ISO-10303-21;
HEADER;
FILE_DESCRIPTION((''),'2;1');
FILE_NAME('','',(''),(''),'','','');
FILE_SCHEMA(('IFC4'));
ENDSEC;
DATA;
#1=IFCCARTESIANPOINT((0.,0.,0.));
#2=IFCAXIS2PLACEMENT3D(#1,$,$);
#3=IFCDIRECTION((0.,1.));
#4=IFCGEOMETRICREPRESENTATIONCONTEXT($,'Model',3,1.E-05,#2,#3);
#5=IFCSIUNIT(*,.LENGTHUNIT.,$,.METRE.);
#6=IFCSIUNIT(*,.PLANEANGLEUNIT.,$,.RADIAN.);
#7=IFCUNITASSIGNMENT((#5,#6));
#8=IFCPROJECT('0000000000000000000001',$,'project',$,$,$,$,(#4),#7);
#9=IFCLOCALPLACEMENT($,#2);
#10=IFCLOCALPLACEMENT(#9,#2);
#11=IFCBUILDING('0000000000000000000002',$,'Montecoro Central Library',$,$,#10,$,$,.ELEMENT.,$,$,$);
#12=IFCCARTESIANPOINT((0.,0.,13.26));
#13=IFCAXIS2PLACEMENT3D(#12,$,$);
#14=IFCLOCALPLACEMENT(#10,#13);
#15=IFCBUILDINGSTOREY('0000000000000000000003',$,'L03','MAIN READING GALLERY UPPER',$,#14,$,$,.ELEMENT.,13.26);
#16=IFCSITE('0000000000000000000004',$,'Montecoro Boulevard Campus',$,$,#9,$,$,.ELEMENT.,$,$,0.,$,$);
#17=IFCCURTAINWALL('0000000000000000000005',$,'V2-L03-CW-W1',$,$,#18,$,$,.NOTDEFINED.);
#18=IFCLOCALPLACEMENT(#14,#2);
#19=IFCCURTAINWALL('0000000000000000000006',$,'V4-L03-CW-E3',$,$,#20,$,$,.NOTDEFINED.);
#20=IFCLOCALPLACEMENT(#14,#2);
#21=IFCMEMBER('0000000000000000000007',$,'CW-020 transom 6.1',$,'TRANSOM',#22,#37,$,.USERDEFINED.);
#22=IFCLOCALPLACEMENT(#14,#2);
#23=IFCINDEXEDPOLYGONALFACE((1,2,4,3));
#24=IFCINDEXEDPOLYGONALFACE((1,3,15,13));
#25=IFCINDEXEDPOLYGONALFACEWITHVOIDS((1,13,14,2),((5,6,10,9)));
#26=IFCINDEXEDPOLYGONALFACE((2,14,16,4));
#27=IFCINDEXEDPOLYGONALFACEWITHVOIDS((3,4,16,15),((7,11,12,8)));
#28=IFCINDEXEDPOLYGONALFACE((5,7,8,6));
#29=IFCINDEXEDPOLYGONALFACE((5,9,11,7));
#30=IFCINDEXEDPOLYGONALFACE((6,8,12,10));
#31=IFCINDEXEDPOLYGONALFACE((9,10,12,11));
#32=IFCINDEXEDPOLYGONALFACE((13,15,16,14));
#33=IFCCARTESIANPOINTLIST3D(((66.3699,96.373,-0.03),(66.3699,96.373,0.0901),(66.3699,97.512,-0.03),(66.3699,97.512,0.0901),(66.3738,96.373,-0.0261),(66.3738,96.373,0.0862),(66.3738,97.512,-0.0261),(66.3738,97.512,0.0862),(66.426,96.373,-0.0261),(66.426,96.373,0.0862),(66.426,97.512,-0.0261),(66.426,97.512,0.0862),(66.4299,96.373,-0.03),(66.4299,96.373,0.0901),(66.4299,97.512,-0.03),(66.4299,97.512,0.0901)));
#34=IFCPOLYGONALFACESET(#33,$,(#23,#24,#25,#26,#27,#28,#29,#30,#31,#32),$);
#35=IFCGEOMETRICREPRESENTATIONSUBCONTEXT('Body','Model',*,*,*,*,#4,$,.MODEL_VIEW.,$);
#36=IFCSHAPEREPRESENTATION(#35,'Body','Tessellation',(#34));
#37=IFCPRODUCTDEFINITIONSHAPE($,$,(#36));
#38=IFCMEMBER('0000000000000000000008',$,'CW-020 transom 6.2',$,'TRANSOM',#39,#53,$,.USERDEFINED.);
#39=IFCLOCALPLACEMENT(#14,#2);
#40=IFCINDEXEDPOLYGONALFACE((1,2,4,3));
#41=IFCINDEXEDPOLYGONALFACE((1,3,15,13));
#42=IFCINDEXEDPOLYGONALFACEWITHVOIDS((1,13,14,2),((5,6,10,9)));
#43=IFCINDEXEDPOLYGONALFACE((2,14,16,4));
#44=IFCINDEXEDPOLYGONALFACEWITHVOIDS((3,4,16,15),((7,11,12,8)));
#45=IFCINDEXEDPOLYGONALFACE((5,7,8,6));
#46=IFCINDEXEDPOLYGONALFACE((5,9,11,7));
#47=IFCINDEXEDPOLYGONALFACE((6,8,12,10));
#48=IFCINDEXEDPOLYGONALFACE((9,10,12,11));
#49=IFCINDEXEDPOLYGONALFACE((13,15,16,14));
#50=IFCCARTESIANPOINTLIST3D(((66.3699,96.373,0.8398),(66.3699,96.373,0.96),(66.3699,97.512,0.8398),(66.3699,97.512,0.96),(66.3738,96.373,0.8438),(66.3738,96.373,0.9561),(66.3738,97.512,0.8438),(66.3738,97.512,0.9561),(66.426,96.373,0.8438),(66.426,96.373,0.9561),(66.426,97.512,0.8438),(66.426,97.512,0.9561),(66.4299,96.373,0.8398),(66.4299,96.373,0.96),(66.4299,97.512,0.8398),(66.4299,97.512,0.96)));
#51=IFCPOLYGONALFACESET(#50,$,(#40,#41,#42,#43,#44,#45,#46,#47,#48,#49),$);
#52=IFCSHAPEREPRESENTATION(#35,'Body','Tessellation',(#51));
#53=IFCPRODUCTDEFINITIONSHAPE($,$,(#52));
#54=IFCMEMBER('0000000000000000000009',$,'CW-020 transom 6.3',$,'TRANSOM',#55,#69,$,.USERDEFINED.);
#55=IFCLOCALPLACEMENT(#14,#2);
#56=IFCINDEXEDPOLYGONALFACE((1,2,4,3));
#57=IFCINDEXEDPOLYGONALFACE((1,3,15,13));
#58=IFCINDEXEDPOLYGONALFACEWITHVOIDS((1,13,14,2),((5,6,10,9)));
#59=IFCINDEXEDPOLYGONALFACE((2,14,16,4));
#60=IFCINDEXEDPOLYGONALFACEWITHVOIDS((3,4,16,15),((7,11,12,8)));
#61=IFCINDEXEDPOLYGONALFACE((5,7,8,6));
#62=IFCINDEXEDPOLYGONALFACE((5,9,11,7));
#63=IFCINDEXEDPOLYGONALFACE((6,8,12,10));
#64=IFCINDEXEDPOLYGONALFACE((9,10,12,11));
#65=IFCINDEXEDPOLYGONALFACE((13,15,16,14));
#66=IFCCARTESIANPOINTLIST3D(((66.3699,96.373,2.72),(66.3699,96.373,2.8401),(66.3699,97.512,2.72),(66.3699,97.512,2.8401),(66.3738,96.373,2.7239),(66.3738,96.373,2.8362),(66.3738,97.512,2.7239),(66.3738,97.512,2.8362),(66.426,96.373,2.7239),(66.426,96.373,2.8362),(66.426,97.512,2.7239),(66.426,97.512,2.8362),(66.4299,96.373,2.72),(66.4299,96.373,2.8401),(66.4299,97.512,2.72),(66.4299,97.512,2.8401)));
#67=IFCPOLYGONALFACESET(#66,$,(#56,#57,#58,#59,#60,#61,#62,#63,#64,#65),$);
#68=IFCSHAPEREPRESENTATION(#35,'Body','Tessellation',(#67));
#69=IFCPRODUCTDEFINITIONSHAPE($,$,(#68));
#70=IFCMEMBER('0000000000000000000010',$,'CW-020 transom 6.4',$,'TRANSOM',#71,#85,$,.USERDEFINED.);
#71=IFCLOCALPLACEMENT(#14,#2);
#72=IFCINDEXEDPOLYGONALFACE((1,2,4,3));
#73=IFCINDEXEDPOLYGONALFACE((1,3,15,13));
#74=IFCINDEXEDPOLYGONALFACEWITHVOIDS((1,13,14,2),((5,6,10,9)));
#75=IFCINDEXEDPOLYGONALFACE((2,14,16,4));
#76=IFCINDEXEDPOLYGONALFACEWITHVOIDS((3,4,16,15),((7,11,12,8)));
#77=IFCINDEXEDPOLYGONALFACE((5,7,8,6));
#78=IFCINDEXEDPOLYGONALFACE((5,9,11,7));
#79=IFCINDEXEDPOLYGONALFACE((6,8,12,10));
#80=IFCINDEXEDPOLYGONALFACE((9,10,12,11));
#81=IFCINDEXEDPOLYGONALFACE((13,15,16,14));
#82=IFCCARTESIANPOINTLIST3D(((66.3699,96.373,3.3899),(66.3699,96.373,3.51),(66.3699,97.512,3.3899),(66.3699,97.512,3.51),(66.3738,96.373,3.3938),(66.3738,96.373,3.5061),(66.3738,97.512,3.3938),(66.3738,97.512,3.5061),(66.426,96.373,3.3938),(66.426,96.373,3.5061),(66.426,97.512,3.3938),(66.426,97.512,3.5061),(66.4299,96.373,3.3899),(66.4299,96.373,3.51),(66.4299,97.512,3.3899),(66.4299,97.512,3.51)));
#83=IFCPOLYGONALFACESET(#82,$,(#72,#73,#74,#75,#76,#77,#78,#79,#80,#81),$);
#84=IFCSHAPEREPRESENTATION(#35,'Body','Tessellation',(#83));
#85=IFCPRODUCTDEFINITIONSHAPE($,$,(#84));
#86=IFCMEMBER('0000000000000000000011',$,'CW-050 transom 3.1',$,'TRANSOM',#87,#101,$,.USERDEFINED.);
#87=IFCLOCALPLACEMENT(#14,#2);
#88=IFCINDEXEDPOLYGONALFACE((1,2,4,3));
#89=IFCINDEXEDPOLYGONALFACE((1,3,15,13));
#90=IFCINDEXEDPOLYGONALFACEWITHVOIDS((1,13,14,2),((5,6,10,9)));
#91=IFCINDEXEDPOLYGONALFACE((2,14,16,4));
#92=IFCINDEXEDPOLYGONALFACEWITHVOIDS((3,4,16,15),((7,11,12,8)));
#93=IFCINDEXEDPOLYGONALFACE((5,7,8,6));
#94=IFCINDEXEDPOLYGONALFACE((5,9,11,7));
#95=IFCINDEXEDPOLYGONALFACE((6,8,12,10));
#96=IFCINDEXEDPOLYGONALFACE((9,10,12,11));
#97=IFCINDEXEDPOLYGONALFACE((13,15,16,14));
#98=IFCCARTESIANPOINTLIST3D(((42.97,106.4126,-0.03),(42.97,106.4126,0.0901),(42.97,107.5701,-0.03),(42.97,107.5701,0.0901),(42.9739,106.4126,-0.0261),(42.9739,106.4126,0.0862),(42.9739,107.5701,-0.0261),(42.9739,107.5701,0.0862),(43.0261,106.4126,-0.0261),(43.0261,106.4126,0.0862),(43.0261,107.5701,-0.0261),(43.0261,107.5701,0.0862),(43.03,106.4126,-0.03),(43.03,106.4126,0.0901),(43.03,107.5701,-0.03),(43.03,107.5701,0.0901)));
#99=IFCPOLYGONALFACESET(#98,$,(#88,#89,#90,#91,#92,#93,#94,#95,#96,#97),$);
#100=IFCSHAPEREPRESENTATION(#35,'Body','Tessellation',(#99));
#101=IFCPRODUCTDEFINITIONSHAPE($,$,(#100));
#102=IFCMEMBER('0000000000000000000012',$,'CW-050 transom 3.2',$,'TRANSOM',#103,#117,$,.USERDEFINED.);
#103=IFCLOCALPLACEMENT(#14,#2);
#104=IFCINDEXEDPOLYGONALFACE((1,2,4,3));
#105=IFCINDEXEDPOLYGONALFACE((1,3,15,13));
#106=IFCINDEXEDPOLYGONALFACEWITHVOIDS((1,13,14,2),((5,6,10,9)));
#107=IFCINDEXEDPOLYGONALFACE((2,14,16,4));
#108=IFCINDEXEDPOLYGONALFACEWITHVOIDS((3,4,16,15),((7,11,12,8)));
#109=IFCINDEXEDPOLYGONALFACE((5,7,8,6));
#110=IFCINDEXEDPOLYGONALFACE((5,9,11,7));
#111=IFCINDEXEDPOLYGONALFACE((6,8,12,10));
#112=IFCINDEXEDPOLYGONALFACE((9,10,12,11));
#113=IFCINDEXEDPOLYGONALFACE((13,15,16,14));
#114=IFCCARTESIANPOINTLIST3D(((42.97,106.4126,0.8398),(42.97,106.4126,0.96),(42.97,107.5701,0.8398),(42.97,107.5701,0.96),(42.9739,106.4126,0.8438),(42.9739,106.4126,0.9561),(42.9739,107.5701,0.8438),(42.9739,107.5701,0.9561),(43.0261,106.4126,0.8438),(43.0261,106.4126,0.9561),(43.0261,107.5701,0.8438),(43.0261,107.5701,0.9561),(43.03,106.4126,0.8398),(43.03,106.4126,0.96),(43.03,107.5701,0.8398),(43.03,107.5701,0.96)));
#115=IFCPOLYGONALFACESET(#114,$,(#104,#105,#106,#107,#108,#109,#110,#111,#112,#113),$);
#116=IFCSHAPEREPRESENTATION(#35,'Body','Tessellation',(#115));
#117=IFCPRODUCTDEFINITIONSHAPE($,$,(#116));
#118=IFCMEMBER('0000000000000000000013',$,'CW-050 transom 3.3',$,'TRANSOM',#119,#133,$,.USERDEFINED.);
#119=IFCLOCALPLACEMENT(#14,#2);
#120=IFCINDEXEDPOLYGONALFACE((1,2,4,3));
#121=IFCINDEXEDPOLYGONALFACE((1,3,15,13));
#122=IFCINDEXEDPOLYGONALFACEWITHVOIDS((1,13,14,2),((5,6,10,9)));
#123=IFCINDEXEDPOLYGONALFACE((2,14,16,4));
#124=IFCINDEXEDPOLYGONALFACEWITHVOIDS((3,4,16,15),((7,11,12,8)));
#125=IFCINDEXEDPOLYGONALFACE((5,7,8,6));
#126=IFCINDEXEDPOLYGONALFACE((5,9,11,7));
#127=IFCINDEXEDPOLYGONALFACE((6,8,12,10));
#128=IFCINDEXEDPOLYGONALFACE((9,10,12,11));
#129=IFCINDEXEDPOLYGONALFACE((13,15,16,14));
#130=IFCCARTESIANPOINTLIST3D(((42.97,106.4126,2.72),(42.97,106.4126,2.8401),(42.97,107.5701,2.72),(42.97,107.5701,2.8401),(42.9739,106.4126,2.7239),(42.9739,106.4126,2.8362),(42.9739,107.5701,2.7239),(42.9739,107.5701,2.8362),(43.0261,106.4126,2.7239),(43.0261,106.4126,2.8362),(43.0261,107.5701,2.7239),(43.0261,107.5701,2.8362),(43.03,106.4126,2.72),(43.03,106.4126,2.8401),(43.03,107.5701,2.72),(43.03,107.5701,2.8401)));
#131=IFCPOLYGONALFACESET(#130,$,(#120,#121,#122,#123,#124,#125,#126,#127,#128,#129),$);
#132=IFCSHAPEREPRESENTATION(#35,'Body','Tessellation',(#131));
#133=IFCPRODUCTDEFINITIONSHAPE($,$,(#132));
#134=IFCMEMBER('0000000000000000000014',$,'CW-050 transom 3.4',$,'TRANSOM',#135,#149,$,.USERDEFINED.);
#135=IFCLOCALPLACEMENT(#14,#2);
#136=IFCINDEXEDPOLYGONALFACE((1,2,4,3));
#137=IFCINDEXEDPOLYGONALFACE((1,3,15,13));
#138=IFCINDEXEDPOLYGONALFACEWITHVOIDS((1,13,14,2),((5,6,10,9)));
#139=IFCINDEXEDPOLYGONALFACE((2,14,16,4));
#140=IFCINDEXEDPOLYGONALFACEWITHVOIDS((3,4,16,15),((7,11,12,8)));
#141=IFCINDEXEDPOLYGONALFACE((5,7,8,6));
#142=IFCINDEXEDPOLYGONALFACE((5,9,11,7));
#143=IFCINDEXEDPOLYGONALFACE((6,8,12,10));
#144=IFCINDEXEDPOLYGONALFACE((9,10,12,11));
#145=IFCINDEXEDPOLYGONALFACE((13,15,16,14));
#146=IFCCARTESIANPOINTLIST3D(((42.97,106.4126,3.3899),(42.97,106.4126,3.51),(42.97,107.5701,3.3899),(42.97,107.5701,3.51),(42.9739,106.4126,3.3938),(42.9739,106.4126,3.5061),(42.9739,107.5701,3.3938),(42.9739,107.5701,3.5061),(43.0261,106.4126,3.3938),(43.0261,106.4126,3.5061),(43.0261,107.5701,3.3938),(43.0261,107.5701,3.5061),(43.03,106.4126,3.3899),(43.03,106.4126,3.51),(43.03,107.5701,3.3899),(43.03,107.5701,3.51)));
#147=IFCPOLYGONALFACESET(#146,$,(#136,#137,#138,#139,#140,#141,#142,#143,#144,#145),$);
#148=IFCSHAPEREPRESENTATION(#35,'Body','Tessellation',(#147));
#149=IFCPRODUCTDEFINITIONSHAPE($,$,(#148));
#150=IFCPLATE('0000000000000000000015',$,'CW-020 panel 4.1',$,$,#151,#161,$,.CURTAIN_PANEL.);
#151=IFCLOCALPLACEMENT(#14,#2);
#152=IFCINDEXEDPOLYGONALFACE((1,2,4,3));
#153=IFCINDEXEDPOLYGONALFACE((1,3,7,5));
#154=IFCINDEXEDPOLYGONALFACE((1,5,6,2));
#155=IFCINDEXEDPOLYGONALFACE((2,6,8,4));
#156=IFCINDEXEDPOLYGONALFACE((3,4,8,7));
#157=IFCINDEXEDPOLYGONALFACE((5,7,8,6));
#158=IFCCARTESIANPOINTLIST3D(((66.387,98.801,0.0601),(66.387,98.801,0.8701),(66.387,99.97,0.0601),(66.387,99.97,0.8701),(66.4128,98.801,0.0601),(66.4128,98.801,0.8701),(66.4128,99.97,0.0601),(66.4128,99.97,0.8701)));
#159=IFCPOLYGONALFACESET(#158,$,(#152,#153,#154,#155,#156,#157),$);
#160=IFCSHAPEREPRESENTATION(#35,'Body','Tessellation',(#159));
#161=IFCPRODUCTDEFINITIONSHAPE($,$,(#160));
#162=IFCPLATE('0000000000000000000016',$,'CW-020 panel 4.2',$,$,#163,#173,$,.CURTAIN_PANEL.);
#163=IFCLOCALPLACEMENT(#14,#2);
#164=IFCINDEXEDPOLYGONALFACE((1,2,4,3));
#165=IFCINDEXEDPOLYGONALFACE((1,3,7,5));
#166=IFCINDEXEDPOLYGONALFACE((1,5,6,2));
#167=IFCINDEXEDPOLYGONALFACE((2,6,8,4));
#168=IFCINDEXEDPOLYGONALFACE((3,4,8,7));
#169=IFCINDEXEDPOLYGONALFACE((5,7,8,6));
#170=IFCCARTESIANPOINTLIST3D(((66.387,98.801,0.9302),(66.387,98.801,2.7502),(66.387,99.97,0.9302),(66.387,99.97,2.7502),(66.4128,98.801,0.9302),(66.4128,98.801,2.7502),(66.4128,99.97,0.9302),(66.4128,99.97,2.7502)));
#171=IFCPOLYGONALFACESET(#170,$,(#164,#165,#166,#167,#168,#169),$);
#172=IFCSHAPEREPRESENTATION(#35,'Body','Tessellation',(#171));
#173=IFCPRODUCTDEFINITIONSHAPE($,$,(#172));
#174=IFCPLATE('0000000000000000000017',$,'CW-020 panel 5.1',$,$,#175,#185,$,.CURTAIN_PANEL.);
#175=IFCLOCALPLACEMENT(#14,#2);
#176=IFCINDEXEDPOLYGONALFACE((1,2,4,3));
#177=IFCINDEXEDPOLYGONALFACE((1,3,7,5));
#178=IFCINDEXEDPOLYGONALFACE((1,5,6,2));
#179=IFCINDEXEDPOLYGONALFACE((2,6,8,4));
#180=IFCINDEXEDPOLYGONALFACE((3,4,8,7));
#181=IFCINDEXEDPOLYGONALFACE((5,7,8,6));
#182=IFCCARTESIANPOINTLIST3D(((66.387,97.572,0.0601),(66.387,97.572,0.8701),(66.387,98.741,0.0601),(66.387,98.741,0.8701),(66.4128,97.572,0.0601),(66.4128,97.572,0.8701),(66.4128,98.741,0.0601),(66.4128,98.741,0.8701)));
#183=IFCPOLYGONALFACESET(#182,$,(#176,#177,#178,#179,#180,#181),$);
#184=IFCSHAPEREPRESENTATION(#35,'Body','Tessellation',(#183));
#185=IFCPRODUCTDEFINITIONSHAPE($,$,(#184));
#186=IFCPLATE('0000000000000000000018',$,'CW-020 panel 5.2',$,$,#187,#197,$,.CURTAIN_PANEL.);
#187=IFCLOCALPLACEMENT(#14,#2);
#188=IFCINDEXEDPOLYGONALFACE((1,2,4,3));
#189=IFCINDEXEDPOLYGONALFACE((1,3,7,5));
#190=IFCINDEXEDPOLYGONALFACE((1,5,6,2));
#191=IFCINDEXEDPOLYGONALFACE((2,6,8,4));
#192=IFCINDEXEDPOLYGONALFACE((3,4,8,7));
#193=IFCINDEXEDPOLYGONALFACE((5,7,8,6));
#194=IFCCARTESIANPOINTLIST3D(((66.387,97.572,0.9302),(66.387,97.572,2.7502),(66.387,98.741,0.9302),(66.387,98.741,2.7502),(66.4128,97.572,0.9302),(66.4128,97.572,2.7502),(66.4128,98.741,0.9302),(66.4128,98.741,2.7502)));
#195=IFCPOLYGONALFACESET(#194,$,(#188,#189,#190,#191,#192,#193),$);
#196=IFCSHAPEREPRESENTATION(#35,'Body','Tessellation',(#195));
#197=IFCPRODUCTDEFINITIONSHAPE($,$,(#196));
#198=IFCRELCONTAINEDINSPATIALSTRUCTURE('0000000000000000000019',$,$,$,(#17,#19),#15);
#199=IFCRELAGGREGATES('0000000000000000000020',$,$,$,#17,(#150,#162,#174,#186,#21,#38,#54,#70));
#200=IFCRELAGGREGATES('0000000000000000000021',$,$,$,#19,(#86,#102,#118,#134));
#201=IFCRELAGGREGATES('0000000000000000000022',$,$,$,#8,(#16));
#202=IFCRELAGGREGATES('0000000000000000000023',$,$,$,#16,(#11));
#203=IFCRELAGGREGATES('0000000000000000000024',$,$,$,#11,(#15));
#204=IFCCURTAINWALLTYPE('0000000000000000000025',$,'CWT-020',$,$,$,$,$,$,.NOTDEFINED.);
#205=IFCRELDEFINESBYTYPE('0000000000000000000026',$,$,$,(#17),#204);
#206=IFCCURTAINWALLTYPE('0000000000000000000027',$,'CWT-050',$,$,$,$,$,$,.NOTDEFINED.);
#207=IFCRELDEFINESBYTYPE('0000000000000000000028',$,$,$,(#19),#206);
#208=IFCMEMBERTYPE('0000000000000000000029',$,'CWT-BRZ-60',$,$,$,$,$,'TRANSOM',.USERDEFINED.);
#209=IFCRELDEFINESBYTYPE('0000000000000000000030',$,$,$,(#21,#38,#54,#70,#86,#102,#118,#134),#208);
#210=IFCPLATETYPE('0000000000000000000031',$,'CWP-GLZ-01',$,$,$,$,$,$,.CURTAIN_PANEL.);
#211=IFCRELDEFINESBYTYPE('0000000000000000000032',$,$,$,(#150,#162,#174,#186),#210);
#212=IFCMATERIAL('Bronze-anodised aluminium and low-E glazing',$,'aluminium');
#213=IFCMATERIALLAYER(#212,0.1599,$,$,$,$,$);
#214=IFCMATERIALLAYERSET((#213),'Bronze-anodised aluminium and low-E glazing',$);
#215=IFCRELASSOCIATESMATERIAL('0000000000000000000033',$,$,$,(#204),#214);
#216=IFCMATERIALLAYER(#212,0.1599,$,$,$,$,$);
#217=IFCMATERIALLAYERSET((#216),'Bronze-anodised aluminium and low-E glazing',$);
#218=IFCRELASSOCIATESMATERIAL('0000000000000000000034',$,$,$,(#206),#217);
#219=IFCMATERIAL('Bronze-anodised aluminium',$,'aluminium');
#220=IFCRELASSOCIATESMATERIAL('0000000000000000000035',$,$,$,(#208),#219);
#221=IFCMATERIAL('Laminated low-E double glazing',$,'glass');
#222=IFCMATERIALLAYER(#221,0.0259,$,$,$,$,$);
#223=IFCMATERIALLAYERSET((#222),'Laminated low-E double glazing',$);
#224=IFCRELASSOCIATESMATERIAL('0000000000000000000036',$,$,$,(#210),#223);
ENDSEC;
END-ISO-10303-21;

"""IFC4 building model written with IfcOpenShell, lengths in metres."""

from ifc_helpers import new_model, si_unit, direction, frame, origin, origin_2d, place, context, subcontext, project, spatial, rectangle, hollow_rectangle, extrude, material, layer, layer_set, material_profile, profile_set, type_object, element, aggregate, save


model = new_model("IFC4")

# Units and contexts
model_context = context("Model", 3, precision=1e-05, world=origin(), true_north=direction((0.0, 1.0)))
body_context = subcontext(model_context, "Body", "Model", "MODEL_VIEW")
ifc_project = project(units=[si_unit("LENGTHUNIT", "METRE"), si_unit("PLANEANGLEUNIT", "RADIAN")], contexts=[model_context])

# Site, building, storey
site_placement = place(None, origin())
site = spatial("IfcSite", under=ifc_project, at=site_placement, Name="Montecoro Boulevard Campus", CompositionType="ELEMENT", RefElevation=0.0)
building_placement = place(site_placement, origin())
building = spatial("IfcBuilding", under=site, at=building_placement, Name="Montecoro Central Library", CompositionType="ELEMENT")
storey_placement = place(building_placement, frame((0.0, 0.0, 13.26)))
storey = spatial("IfcBuildingStorey", under=building, at=storey_placement, Name="L03", Description="MAIN READING GALLERY UPPER", CompositionType="ELEMENT", Elevation=13.26)

# Curtain wall
ifc_material_1 = material(Name="Bronze-anodised aluminium and low-E glazing", Category="aluminium")
ifc_layer_1 = layer(ifc_material_1, 0.1599)
ifc_layer_set_1 = layer_set([ifc_layer_1], Name="Bronze-anodised aluminium and low-E glazing")
curtain_wall_type_1 = type_object("IfcCurtainWallType", Name="CWT-020", PredefinedType="NOTDEFINED", material=ifc_layer_set_1)
curtain_wall_1_placement = place(storey_placement, origin())
curtain_wall_1 = element("IfcCurtainWall", 1, at=curtain_wall_1_placement, inside=storey, type_object=curtain_wall_type_1, Name="V2-L03-CW-W1", PredefinedType="NOTDEFINED")
ifc_material_2 = material(Name="Bronze-anodised aluminium", Category="aluminium")

# Curtain wall
ifc_layer_2 = layer(ifc_material_1, 0.1599)
ifc_layer_set_2 = layer_set([ifc_layer_2], Name="Bronze-anodised aluminium and low-E glazing")
curtain_wall_type_2 = type_object("IfcCurtainWallType", Name="CWT-050", PredefinedType="NOTDEFINED", material=ifc_layer_set_2)
curtain_wall_2_placement = place(storey_placement, origin())
curtain_wall_2 = element("IfcCurtainWall", 2, at=curtain_wall_2_placement, inside=storey, type_object=curtain_wall_type_2, Name="V4-L03-CW-E3", PredefinedType="NOTDEFINED")

# Members
ifc_material_profile_1 = material_profile(ifc_material_2, hollow_rectangle(XDim=0.0601, YDim=0.1201, WallThickness=0.0039, at=origin_2d()), Name="CWT 120x60x4.0")
ifc_profile_set_1 = profile_set([ifc_material_profile_1], Name="Bronze-anodised aluminium")
member_type_1 = type_object("IfcMemberType", Name="CWT-BRZ-60", ElementType="TRANSOM", PredefinedType="USERDEFINED", material=ifc_profile_set_1)
member_1_placement = place(storey_placement, frame((66.3999, 97.512, 0.03), z_axis=(0.0, -1.0, 0.0), x_axis=(1.0, 0.0, 0.0)))
member_1 = element("IfcMember", 3, at=member_1_placement, type_object=member_type_1, Name="CW-020 transom 6.1", ObjectType="TRANSOM", PredefinedType="USERDEFINED", context=body_context, shape_type="SweptSolid", body=[
    extrude(hollow_rectangle(XDim=0.0601, YDim=0.1201, WallThickness=0.0039, at=origin_2d()), origin(), (0.0, 0.0, 1.0), 1.1389),
])
member_2_placement = place(storey_placement, frame((66.3999, 97.512, 0.8999), z_axis=(0.0, -1.0, 0.0), x_axis=(1.0, 0.0, 0.0)))
member_2 = element("IfcMember", 4, at=member_2_placement, type_object=member_type_1, Name="CW-020 transom 6.2", ObjectType="TRANSOM", PredefinedType="USERDEFINED", context=body_context, shape_type="SweptSolid", body=[
    extrude(hollow_rectangle(XDim=0.0601, YDim=0.1201, WallThickness=0.0039, at=origin_2d()), origin(), (0.0, 0.0, 1.0), 1.1389),
])
member_3_placement = place(storey_placement, frame((66.3999, 97.512, 2.78), z_axis=(0.0, -1.0, 0.0), x_axis=(1.0, 0.0, 0.0)))
member_3 = element("IfcMember", 5, at=member_3_placement, type_object=member_type_1, Name="CW-020 transom 6.3", ObjectType="TRANSOM", PredefinedType="USERDEFINED", context=body_context, shape_type="SweptSolid", body=[
    extrude(hollow_rectangle(XDim=0.0601, YDim=0.1201, WallThickness=0.0039, at=origin_2d()), origin(), (0.0, 0.0, 1.0), 1.1389),
])
member_4_placement = place(storey_placement, frame((66.3999, 97.512, 3.45), z_axis=(0.0, -1.0, 0.0), x_axis=(1.0, 0.0, 0.0)))
member_4 = element("IfcMember", 6, at=member_4_placement, type_object=member_type_1, Name="CW-020 transom 6.4", ObjectType="TRANSOM", PredefinedType="USERDEFINED", context=body_context, shape_type="SweptSolid", body=[
    extrude(hollow_rectangle(XDim=0.0601, YDim=0.1201, WallThickness=0.0039, at=origin_2d()), origin(), (0.0, 0.0, 1.0), 1.1389),
])
member_5_placement = place(storey_placement, frame((43.0, 106.4126, 0.03), z_axis=(0.0, 1.0, 0.0), x_axis=(-1.0, 0.0, 0.0)))
member_5 = element("IfcMember", 7, at=member_5_placement, type_object=member_type_1, Name="CW-050 transom 3.1", ObjectType="TRANSOM", PredefinedType="USERDEFINED", context=body_context, shape_type="SweptSolid", body=[
    extrude(hollow_rectangle(XDim=0.0601, YDim=0.1201, WallThickness=0.0039, at=origin_2d()), origin(), (0.0, 0.0, 1.0), 1.1575),
])
member_6_placement = place(storey_placement, frame((43.0, 106.4126, 0.8999), z_axis=(0.0, 1.0, 0.0), x_axis=(-1.0, 0.0, 0.0)))
member_6 = element("IfcMember", 8, at=member_6_placement, type_object=member_type_1, Name="CW-050 transom 3.2", ObjectType="TRANSOM", PredefinedType="USERDEFINED", context=body_context, shape_type="SweptSolid", body=[
    extrude(hollow_rectangle(XDim=0.0601, YDim=0.1201, WallThickness=0.0039, at=origin_2d()), origin(), (0.0, 0.0, 1.0), 1.1575),
])
member_7_placement = place(storey_placement, frame((43.0, 106.4126, 2.78), z_axis=(0.0, 1.0, 0.0), x_axis=(-1.0, 0.0, 0.0)))
member_7 = element("IfcMember", 9, at=member_7_placement, type_object=member_type_1, Name="CW-050 transom 3.3", ObjectType="TRANSOM", PredefinedType="USERDEFINED", context=body_context, shape_type="SweptSolid", body=[
    extrude(hollow_rectangle(XDim=0.0601, YDim=0.1201, WallThickness=0.0039, at=origin_2d()), origin(), (0.0, 0.0, 1.0), 1.1575),
])
member_8_placement = place(storey_placement, frame((43.0, 106.4126, 3.45), z_axis=(0.0, 1.0, 0.0), x_axis=(-1.0, 0.0, 0.0)))
member_8 = element("IfcMember", 10, at=member_8_placement, type_object=member_type_1, Name="CW-050 transom 3.4", ObjectType="TRANSOM", PredefinedType="USERDEFINED", context=body_context, shape_type="SweptSolid", body=[
    extrude(hollow_rectangle(XDim=0.0601, YDim=0.1201, WallThickness=0.0039, at=origin_2d()), origin(), (0.0, 0.0, 1.0), 1.1575),
])

# Plates
ifc_material_3 = material(Name="Laminated low-E double glazing", Category="glass")
ifc_layer_3 = layer(ifc_material_3, 0.0259)
ifc_layer_set_3 = layer_set([ifc_layer_3], Name="Laminated low-E double glazing")
plate_type_1 = type_object("IfcPlateType", Name="CWP-GLZ-01", PredefinedType="CURTAIN_PANEL", material=ifc_layer_set_3)
plate_1_placement = place(storey_placement, frame((66.3999, 99.3855, 0.0601), z_axis=(0.0, 0.0, 1.0), x_axis=(0.0, -1.0, 0.0)))
plate_1 = element("IfcPlate", 11, at=plate_1_placement, type_object=plate_type_1, Name="CW-020 panel 4.1", PredefinedType="CURTAIN_PANEL", context=body_context, shape_type="SweptSolid", body=[
    extrude(rectangle(XDim=1.1689, YDim=0.0259, at=origin_2d()), origin(), (0.0, 0.0, 1.0), 0.8101),
])
plate_2_placement = place(storey_placement, frame((66.3999, 99.3855, 0.9302), z_axis=(0.0, 0.0, 1.0), x_axis=(0.0, -1.0, 0.0)))
plate_2 = element("IfcPlate", 12, at=plate_2_placement, type_object=plate_type_1, Name="CW-020 panel 4.2", PredefinedType="CURTAIN_PANEL", context=body_context, shape_type="SweptSolid", body=[
    extrude(rectangle(XDim=1.1689, YDim=0.0259, at=origin_2d()), origin(), (0.0, 0.0, 1.0), 1.8201),
])
plate_3_placement = place(storey_placement, frame((66.3999, 98.1565, 0.0601), z_axis=(0.0, 0.0, 1.0), x_axis=(0.0, -1.0, 0.0)))
plate_3 = element("IfcPlate", 13, at=plate_3_placement, type_object=plate_type_1, Name="CW-020 panel 5.1", PredefinedType="CURTAIN_PANEL", context=body_context, shape_type="SweptSolid", body=[
    extrude(rectangle(XDim=1.1689, YDim=0.0259, at=origin_2d()), origin(), (0.0, 0.0, 1.0), 0.8101),
])
plate_4_placement = place(storey_placement, frame((66.3999, 98.1565, 0.9302), z_axis=(0.0, 0.0, 1.0), x_axis=(0.0, -1.0, 0.0)))
plate_4 = element("IfcPlate", 14, at=plate_4_placement, type_object=plate_type_1, Name="CW-020 panel 5.2", PredefinedType="CURTAIN_PANEL", context=body_context, shape_type="SweptSolid", body=[
    extrude(rectangle(XDim=1.1689, YDim=0.0259, at=origin_2d()), origin(), (0.0, 0.0, 1.0), 1.8201),
])
aggregate(curtain_wall_1, [plate_1, plate_2, plate_3, plate_4, member_1, member_2, member_3, member_4])
aggregate(curtain_wall_2, [member_5, member_6, member_7, member_8])

save(model, "model.ifc")
